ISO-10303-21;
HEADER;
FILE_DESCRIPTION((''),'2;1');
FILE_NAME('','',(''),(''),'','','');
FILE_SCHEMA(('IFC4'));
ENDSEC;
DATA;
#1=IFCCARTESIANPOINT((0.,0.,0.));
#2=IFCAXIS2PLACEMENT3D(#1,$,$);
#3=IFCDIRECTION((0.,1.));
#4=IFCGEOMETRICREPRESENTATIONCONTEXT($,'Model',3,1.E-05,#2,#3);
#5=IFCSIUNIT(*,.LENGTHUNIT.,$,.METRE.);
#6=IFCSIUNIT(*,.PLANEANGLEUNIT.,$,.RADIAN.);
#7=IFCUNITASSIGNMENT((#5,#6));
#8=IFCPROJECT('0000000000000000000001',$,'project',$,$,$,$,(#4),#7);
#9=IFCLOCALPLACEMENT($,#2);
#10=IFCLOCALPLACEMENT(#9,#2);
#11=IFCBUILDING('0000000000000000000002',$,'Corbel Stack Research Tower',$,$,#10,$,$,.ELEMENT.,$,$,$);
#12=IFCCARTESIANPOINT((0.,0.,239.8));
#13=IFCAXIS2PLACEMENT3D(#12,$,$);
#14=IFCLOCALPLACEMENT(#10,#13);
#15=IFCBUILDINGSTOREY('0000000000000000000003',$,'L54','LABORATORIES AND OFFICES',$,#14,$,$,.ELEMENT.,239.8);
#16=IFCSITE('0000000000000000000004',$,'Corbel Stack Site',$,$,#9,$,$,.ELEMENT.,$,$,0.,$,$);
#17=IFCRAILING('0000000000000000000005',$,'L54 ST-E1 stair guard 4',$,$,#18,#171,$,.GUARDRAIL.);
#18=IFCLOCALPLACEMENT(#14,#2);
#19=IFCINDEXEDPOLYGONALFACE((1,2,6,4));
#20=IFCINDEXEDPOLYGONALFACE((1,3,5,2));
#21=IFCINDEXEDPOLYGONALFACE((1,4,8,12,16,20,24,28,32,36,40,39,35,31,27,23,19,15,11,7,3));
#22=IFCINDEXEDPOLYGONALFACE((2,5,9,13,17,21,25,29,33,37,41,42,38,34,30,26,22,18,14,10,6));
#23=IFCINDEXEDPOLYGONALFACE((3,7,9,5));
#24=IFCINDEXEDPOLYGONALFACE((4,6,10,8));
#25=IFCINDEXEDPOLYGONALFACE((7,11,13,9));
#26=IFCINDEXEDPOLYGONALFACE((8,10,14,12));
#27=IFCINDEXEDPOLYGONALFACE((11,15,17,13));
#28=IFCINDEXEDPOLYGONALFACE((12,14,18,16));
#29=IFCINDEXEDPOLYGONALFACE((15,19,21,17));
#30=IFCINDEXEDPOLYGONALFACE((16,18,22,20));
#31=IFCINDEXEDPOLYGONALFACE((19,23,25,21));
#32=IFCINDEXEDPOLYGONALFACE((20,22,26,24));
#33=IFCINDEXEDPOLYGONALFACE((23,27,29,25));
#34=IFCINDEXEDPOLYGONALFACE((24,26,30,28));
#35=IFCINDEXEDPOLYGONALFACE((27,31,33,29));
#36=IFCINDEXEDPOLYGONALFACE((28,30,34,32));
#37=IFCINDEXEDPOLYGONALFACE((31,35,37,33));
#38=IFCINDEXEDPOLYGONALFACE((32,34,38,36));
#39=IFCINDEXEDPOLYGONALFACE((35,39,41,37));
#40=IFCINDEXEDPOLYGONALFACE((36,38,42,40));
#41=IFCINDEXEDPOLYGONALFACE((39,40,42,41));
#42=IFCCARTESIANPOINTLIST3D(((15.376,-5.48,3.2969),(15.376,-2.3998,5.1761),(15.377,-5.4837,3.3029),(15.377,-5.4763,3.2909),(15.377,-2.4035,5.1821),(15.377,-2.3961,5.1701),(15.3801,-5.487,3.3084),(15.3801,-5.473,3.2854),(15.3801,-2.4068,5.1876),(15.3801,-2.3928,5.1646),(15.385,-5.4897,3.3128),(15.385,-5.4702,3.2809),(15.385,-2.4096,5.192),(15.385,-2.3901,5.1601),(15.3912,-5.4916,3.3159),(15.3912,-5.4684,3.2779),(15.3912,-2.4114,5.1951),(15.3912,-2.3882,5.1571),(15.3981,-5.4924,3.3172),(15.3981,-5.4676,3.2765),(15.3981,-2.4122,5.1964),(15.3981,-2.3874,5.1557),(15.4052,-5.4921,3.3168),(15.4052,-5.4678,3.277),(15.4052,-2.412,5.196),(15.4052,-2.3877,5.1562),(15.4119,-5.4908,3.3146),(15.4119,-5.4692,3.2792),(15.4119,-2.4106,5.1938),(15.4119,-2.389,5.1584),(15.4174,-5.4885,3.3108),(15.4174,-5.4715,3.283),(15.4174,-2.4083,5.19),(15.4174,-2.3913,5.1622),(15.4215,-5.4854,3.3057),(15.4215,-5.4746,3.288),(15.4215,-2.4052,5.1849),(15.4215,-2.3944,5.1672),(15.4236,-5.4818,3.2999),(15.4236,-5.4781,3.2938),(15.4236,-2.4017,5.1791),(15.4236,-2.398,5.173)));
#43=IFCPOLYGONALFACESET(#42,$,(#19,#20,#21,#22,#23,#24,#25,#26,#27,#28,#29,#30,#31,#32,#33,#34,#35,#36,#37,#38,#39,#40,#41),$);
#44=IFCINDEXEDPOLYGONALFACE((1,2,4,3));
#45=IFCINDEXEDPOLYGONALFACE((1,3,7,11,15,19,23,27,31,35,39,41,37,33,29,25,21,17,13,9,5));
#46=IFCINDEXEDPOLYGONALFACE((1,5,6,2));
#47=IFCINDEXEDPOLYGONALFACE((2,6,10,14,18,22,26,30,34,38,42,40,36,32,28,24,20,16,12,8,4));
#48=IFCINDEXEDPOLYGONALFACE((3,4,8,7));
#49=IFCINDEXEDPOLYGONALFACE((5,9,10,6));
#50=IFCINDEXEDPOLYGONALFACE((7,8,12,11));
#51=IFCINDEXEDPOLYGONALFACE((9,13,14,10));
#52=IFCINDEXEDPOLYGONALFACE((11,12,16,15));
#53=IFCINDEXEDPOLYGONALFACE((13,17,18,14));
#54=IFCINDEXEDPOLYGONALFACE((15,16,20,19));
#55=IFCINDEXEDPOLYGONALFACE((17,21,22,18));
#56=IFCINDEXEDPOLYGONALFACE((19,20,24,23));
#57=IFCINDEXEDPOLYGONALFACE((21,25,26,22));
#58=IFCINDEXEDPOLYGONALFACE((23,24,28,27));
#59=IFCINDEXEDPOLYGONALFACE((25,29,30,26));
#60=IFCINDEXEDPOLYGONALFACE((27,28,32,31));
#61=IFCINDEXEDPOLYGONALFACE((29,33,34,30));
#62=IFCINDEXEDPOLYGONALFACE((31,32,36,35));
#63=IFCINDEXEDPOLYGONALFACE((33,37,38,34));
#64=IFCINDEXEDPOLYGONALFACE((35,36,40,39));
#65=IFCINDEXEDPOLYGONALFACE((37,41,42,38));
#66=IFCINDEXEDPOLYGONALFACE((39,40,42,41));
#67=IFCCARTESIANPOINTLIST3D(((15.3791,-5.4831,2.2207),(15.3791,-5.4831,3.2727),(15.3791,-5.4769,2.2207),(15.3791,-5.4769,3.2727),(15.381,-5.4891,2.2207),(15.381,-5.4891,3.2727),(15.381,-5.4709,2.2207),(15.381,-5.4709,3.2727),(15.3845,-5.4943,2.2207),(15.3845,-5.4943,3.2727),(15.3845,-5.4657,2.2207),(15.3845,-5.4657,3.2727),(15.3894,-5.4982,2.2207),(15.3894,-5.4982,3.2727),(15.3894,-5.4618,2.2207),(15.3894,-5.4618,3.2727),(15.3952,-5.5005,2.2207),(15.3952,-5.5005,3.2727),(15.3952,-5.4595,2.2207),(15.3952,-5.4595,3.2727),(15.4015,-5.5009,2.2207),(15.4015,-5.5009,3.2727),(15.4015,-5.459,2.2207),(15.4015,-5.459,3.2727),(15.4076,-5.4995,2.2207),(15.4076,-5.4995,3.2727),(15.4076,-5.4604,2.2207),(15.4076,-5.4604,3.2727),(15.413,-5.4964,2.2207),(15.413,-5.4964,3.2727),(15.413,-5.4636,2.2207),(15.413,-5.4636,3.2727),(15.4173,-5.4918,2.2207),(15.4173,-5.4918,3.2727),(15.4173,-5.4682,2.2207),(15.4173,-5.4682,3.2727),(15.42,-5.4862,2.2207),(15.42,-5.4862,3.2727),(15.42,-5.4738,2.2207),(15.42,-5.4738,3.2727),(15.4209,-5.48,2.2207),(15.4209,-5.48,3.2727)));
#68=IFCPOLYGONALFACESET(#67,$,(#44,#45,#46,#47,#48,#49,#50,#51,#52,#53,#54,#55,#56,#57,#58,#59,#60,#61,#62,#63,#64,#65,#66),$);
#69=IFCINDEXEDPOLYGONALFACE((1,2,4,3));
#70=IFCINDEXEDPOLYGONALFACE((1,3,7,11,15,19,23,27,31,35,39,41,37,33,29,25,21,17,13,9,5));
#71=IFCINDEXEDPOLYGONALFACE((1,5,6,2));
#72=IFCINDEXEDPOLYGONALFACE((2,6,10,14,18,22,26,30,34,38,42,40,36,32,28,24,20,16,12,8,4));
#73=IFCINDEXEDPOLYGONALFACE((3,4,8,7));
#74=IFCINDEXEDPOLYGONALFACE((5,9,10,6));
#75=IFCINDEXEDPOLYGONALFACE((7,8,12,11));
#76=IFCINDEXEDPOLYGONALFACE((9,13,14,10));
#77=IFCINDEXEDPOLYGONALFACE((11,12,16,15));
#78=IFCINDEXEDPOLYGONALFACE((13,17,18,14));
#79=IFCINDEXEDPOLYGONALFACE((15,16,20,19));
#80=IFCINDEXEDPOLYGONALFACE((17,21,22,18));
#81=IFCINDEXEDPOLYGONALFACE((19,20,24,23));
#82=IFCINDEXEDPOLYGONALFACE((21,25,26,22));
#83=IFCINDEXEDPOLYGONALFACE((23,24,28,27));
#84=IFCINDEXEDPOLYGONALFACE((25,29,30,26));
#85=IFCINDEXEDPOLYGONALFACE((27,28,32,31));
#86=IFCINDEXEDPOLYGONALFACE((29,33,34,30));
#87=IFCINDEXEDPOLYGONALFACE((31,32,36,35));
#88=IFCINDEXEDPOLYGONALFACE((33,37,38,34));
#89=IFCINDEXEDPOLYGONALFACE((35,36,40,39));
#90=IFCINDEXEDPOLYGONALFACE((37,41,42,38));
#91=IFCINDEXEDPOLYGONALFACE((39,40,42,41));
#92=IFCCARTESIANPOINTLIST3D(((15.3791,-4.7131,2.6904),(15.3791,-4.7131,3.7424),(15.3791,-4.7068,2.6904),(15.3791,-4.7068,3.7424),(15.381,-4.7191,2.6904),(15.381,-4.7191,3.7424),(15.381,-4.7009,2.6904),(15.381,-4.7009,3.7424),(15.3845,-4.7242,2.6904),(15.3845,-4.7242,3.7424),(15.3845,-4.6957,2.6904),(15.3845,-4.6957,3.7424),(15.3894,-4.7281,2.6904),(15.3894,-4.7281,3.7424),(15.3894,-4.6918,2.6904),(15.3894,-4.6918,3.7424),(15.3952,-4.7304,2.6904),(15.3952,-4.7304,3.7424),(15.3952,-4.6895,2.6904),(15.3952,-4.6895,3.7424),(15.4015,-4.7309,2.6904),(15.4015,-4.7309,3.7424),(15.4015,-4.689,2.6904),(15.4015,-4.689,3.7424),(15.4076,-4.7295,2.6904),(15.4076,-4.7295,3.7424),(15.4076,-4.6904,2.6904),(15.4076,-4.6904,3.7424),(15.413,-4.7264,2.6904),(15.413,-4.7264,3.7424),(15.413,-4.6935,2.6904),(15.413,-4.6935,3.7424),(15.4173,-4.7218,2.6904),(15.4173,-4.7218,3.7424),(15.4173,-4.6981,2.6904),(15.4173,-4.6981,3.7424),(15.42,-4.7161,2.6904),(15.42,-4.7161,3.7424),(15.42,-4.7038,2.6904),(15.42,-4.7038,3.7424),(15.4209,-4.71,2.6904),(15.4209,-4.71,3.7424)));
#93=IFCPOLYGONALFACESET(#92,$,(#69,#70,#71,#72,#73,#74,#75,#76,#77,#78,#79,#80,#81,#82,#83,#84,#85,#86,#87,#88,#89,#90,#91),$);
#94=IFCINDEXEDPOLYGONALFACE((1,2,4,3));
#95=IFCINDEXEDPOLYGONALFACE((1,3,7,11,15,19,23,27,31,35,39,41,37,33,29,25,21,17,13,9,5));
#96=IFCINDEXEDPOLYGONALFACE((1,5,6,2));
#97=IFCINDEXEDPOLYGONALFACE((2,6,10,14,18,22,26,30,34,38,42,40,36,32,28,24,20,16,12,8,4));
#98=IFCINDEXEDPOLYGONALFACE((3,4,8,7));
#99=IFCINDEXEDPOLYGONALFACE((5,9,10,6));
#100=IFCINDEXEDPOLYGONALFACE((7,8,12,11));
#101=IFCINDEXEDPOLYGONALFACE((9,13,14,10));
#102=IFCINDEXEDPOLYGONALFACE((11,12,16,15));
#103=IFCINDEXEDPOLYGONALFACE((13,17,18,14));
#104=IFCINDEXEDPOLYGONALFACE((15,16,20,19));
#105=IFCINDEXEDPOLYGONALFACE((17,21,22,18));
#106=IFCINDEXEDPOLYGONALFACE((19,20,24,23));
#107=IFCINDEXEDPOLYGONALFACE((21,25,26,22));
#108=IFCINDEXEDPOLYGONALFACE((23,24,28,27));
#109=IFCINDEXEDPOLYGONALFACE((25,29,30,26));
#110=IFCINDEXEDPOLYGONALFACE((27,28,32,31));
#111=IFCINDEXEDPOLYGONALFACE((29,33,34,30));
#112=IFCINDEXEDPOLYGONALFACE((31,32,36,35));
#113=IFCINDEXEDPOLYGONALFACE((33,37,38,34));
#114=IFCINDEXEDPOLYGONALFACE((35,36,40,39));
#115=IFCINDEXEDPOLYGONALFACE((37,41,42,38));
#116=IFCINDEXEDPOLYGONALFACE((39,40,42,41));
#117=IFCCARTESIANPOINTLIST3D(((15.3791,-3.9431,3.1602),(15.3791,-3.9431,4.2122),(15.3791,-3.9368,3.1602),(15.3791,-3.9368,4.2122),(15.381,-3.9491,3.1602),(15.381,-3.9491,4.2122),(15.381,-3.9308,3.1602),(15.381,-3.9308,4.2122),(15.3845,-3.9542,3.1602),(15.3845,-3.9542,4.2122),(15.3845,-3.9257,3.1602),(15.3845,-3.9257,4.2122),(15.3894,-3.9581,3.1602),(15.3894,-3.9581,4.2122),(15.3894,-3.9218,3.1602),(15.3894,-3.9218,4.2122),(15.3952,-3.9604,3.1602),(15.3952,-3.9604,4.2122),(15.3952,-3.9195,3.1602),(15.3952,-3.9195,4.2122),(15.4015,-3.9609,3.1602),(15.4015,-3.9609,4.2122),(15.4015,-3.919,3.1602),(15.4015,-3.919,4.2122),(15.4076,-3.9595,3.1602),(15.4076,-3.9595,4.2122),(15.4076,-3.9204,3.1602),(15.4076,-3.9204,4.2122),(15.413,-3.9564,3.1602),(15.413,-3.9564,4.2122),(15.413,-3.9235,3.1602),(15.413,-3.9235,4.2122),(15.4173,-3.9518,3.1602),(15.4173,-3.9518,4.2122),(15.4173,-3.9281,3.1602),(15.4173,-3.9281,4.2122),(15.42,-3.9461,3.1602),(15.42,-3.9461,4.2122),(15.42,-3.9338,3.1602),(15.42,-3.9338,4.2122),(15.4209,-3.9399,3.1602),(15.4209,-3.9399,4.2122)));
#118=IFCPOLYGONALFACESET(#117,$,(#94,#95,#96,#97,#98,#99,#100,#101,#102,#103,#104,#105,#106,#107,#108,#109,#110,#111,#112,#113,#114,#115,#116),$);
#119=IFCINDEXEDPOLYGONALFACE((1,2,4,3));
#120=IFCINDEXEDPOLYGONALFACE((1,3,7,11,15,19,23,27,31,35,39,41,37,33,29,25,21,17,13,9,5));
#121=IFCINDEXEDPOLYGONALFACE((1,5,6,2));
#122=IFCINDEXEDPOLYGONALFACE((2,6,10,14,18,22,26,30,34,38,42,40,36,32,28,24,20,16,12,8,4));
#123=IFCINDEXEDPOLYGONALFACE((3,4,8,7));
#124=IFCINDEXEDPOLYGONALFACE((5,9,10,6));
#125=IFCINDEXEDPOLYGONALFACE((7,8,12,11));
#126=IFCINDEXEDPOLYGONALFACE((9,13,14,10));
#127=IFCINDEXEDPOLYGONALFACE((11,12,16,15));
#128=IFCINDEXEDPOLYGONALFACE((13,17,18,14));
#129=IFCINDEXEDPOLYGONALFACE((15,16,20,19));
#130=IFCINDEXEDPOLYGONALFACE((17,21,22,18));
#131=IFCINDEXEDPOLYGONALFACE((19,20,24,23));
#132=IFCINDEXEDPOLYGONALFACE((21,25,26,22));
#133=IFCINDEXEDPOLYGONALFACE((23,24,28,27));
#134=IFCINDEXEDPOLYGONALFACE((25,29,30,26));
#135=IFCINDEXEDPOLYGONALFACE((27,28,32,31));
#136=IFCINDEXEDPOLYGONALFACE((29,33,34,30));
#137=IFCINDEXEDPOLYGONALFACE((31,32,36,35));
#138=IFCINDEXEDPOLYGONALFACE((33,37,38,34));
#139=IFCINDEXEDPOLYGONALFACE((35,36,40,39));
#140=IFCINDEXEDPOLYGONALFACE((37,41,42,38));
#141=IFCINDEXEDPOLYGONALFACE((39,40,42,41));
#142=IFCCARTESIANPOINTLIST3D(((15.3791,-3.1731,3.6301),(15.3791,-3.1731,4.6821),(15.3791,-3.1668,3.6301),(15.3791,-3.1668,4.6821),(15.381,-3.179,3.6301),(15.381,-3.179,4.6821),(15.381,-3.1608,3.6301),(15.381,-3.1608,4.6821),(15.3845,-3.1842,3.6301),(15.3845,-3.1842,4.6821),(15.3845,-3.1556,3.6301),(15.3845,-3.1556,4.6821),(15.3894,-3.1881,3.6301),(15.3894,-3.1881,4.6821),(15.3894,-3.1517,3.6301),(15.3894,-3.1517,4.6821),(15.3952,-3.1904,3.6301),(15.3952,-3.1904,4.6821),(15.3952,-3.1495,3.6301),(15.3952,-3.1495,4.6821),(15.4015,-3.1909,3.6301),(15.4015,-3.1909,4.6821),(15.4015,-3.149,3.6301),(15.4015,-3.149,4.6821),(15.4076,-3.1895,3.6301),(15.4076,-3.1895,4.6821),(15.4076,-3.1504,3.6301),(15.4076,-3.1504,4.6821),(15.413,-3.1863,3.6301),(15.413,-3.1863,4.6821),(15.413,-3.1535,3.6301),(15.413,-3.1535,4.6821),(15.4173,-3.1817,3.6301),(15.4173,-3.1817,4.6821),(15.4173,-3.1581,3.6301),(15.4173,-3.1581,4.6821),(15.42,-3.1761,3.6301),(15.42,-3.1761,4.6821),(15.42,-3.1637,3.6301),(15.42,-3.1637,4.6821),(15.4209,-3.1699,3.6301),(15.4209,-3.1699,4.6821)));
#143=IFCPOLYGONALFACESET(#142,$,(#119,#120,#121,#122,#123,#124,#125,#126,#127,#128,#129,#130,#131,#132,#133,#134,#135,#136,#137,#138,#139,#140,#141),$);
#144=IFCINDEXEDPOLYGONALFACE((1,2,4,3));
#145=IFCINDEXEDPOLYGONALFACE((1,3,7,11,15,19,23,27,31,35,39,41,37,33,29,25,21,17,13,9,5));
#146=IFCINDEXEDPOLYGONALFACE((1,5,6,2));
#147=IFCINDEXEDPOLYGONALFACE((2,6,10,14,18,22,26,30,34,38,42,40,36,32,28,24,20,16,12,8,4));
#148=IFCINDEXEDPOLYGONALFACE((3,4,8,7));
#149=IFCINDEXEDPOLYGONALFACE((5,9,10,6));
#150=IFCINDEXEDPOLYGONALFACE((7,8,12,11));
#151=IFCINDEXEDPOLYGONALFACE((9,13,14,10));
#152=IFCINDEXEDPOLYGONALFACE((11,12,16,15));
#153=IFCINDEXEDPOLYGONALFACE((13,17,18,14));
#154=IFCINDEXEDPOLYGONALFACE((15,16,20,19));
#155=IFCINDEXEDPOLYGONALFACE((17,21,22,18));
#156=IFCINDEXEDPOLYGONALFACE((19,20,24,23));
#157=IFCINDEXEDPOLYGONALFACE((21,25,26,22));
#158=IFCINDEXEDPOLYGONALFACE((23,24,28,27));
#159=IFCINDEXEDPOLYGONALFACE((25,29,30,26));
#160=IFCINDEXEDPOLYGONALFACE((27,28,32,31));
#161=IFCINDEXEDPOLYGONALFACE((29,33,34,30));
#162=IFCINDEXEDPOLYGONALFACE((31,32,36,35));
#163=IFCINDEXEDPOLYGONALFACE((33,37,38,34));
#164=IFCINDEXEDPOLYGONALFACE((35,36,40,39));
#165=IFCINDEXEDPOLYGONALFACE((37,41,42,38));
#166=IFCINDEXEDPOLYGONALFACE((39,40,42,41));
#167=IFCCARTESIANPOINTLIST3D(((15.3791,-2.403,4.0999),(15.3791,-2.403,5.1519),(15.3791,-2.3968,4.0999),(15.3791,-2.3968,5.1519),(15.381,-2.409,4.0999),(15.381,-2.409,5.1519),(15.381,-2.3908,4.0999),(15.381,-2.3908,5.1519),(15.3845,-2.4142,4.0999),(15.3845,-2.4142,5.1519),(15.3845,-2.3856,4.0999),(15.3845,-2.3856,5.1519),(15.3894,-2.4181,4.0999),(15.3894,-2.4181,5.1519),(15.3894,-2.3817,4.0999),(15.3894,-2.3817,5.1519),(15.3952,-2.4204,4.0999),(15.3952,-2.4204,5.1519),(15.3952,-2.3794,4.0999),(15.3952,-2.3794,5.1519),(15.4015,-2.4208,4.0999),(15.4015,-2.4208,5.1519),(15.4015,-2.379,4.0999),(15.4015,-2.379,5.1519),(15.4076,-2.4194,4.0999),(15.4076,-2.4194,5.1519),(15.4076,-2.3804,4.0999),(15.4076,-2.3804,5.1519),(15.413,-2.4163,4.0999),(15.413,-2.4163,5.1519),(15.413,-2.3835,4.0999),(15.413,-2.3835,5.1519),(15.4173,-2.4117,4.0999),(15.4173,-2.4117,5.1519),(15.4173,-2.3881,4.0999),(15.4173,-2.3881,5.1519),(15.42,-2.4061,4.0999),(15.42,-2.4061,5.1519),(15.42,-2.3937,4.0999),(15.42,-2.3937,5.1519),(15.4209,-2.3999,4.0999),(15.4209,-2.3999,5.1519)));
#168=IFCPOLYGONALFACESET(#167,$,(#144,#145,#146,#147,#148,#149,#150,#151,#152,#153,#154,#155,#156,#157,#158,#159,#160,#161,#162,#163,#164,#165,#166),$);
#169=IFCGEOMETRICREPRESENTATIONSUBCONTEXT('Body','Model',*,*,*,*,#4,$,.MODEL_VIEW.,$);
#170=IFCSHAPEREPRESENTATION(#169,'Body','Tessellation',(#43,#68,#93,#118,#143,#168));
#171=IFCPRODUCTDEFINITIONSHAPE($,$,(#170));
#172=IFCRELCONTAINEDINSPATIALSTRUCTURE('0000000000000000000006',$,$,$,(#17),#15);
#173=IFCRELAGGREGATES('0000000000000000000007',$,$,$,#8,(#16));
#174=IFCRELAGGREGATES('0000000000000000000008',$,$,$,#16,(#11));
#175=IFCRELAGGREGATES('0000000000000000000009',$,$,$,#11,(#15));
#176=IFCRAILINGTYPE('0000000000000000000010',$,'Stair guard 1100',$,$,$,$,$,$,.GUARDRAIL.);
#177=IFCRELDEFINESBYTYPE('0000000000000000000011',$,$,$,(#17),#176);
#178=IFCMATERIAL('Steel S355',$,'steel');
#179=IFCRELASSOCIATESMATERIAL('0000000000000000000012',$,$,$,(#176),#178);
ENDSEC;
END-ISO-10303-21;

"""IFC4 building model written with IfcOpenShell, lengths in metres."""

from ifc_helpers import new_model, si_unit, direction, frame, origin, origin_2d, place, context, subcontext, project, spatial, circle, extrude, material, type_object, element, save


model = new_model("IFC4")

# Units and contexts
model_context = context("Model", 3, precision=1e-05, world=origin(), true_north=direction((0.0, 1.0)))
body_context = subcontext(model_context, "Body", "Model", "MODEL_VIEW")
ifc_project = project(units=[si_unit("LENGTHUNIT", "METRE"), si_unit("PLANEANGLEUNIT", "RADIAN")], contexts=[model_context])

# Site, building, storey
site_placement = place(None, origin())
site = spatial("IfcSite", under=ifc_project, at=site_placement, Name="Corbel Stack Site", CompositionType="ELEMENT", RefElevation=0.0)
building_placement = place(site_placement, origin())
building = spatial("IfcBuilding", under=site, at=building_placement, Name="Corbel Stack Research Tower", CompositionType="ELEMENT")
storey_placement = place(building_placement, frame((0.0, 0.0, 239.8)))
storey = spatial("IfcBuildingStorey", under=building, at=storey_placement, Name="L54", Description="LABORATORIES AND OFFICES", CompositionType="ELEMENT", Elevation=239.8)

# Railing
ifc_material_1 = material(Name="Steel S355", Category="steel")
railing_type_1 = type_object("IfcRailingType", Name="Stair guard 1100", PredefinedType="GUARDRAIL", material=ifc_material_1)
railing_1_placement = place(storey_placement, frame((15.3999, -5.48, 2.2207)))
element("IfcRailing", 1, at=railing_1_placement, inside=storey, type_object=railing_type_1, Name="L54 ST-E1 stair guard 4", PredefinedType="GUARDRAIL", context=body_context, shape_type="SweptSolid", body=[
    extrude(circle(Radius=0.0239, at=origin_2d()), frame((0.0, 0.0, 1.0762), z_axis=(0.0, 0.853666, 0.52082), x_axis=(-1.0, 0.0, 0.0)), (0.0, 0.0, 1.0), 3.6082),
    extrude(circle(Radius=0.021, at=origin_2d()), origin(), (0.0, 0.0, 1.0), 1.052),
    extrude(circle(Radius=0.021, at=origin_2d()), frame((0.0, 0.77, 0.4697)), (0.0, 0.0, 1.0), 1.052),
    extrude(circle(Radius=0.021, at=origin_2d()), frame((0.0, 1.54, 0.9395)), (0.0, 0.0, 1.0), 1.052),
    extrude(circle(Radius=0.021, at=origin_2d()), frame((0.0, 2.3101, 1.4094)), (0.0, 0.0, 1.0), 1.052),
    extrude(circle(Radius=0.021, at=origin_2d()), frame((0.0, 3.0801, 1.8792)), (0.0, 0.0, 1.0), 1.052),
])

save(model, "model.ifc")
